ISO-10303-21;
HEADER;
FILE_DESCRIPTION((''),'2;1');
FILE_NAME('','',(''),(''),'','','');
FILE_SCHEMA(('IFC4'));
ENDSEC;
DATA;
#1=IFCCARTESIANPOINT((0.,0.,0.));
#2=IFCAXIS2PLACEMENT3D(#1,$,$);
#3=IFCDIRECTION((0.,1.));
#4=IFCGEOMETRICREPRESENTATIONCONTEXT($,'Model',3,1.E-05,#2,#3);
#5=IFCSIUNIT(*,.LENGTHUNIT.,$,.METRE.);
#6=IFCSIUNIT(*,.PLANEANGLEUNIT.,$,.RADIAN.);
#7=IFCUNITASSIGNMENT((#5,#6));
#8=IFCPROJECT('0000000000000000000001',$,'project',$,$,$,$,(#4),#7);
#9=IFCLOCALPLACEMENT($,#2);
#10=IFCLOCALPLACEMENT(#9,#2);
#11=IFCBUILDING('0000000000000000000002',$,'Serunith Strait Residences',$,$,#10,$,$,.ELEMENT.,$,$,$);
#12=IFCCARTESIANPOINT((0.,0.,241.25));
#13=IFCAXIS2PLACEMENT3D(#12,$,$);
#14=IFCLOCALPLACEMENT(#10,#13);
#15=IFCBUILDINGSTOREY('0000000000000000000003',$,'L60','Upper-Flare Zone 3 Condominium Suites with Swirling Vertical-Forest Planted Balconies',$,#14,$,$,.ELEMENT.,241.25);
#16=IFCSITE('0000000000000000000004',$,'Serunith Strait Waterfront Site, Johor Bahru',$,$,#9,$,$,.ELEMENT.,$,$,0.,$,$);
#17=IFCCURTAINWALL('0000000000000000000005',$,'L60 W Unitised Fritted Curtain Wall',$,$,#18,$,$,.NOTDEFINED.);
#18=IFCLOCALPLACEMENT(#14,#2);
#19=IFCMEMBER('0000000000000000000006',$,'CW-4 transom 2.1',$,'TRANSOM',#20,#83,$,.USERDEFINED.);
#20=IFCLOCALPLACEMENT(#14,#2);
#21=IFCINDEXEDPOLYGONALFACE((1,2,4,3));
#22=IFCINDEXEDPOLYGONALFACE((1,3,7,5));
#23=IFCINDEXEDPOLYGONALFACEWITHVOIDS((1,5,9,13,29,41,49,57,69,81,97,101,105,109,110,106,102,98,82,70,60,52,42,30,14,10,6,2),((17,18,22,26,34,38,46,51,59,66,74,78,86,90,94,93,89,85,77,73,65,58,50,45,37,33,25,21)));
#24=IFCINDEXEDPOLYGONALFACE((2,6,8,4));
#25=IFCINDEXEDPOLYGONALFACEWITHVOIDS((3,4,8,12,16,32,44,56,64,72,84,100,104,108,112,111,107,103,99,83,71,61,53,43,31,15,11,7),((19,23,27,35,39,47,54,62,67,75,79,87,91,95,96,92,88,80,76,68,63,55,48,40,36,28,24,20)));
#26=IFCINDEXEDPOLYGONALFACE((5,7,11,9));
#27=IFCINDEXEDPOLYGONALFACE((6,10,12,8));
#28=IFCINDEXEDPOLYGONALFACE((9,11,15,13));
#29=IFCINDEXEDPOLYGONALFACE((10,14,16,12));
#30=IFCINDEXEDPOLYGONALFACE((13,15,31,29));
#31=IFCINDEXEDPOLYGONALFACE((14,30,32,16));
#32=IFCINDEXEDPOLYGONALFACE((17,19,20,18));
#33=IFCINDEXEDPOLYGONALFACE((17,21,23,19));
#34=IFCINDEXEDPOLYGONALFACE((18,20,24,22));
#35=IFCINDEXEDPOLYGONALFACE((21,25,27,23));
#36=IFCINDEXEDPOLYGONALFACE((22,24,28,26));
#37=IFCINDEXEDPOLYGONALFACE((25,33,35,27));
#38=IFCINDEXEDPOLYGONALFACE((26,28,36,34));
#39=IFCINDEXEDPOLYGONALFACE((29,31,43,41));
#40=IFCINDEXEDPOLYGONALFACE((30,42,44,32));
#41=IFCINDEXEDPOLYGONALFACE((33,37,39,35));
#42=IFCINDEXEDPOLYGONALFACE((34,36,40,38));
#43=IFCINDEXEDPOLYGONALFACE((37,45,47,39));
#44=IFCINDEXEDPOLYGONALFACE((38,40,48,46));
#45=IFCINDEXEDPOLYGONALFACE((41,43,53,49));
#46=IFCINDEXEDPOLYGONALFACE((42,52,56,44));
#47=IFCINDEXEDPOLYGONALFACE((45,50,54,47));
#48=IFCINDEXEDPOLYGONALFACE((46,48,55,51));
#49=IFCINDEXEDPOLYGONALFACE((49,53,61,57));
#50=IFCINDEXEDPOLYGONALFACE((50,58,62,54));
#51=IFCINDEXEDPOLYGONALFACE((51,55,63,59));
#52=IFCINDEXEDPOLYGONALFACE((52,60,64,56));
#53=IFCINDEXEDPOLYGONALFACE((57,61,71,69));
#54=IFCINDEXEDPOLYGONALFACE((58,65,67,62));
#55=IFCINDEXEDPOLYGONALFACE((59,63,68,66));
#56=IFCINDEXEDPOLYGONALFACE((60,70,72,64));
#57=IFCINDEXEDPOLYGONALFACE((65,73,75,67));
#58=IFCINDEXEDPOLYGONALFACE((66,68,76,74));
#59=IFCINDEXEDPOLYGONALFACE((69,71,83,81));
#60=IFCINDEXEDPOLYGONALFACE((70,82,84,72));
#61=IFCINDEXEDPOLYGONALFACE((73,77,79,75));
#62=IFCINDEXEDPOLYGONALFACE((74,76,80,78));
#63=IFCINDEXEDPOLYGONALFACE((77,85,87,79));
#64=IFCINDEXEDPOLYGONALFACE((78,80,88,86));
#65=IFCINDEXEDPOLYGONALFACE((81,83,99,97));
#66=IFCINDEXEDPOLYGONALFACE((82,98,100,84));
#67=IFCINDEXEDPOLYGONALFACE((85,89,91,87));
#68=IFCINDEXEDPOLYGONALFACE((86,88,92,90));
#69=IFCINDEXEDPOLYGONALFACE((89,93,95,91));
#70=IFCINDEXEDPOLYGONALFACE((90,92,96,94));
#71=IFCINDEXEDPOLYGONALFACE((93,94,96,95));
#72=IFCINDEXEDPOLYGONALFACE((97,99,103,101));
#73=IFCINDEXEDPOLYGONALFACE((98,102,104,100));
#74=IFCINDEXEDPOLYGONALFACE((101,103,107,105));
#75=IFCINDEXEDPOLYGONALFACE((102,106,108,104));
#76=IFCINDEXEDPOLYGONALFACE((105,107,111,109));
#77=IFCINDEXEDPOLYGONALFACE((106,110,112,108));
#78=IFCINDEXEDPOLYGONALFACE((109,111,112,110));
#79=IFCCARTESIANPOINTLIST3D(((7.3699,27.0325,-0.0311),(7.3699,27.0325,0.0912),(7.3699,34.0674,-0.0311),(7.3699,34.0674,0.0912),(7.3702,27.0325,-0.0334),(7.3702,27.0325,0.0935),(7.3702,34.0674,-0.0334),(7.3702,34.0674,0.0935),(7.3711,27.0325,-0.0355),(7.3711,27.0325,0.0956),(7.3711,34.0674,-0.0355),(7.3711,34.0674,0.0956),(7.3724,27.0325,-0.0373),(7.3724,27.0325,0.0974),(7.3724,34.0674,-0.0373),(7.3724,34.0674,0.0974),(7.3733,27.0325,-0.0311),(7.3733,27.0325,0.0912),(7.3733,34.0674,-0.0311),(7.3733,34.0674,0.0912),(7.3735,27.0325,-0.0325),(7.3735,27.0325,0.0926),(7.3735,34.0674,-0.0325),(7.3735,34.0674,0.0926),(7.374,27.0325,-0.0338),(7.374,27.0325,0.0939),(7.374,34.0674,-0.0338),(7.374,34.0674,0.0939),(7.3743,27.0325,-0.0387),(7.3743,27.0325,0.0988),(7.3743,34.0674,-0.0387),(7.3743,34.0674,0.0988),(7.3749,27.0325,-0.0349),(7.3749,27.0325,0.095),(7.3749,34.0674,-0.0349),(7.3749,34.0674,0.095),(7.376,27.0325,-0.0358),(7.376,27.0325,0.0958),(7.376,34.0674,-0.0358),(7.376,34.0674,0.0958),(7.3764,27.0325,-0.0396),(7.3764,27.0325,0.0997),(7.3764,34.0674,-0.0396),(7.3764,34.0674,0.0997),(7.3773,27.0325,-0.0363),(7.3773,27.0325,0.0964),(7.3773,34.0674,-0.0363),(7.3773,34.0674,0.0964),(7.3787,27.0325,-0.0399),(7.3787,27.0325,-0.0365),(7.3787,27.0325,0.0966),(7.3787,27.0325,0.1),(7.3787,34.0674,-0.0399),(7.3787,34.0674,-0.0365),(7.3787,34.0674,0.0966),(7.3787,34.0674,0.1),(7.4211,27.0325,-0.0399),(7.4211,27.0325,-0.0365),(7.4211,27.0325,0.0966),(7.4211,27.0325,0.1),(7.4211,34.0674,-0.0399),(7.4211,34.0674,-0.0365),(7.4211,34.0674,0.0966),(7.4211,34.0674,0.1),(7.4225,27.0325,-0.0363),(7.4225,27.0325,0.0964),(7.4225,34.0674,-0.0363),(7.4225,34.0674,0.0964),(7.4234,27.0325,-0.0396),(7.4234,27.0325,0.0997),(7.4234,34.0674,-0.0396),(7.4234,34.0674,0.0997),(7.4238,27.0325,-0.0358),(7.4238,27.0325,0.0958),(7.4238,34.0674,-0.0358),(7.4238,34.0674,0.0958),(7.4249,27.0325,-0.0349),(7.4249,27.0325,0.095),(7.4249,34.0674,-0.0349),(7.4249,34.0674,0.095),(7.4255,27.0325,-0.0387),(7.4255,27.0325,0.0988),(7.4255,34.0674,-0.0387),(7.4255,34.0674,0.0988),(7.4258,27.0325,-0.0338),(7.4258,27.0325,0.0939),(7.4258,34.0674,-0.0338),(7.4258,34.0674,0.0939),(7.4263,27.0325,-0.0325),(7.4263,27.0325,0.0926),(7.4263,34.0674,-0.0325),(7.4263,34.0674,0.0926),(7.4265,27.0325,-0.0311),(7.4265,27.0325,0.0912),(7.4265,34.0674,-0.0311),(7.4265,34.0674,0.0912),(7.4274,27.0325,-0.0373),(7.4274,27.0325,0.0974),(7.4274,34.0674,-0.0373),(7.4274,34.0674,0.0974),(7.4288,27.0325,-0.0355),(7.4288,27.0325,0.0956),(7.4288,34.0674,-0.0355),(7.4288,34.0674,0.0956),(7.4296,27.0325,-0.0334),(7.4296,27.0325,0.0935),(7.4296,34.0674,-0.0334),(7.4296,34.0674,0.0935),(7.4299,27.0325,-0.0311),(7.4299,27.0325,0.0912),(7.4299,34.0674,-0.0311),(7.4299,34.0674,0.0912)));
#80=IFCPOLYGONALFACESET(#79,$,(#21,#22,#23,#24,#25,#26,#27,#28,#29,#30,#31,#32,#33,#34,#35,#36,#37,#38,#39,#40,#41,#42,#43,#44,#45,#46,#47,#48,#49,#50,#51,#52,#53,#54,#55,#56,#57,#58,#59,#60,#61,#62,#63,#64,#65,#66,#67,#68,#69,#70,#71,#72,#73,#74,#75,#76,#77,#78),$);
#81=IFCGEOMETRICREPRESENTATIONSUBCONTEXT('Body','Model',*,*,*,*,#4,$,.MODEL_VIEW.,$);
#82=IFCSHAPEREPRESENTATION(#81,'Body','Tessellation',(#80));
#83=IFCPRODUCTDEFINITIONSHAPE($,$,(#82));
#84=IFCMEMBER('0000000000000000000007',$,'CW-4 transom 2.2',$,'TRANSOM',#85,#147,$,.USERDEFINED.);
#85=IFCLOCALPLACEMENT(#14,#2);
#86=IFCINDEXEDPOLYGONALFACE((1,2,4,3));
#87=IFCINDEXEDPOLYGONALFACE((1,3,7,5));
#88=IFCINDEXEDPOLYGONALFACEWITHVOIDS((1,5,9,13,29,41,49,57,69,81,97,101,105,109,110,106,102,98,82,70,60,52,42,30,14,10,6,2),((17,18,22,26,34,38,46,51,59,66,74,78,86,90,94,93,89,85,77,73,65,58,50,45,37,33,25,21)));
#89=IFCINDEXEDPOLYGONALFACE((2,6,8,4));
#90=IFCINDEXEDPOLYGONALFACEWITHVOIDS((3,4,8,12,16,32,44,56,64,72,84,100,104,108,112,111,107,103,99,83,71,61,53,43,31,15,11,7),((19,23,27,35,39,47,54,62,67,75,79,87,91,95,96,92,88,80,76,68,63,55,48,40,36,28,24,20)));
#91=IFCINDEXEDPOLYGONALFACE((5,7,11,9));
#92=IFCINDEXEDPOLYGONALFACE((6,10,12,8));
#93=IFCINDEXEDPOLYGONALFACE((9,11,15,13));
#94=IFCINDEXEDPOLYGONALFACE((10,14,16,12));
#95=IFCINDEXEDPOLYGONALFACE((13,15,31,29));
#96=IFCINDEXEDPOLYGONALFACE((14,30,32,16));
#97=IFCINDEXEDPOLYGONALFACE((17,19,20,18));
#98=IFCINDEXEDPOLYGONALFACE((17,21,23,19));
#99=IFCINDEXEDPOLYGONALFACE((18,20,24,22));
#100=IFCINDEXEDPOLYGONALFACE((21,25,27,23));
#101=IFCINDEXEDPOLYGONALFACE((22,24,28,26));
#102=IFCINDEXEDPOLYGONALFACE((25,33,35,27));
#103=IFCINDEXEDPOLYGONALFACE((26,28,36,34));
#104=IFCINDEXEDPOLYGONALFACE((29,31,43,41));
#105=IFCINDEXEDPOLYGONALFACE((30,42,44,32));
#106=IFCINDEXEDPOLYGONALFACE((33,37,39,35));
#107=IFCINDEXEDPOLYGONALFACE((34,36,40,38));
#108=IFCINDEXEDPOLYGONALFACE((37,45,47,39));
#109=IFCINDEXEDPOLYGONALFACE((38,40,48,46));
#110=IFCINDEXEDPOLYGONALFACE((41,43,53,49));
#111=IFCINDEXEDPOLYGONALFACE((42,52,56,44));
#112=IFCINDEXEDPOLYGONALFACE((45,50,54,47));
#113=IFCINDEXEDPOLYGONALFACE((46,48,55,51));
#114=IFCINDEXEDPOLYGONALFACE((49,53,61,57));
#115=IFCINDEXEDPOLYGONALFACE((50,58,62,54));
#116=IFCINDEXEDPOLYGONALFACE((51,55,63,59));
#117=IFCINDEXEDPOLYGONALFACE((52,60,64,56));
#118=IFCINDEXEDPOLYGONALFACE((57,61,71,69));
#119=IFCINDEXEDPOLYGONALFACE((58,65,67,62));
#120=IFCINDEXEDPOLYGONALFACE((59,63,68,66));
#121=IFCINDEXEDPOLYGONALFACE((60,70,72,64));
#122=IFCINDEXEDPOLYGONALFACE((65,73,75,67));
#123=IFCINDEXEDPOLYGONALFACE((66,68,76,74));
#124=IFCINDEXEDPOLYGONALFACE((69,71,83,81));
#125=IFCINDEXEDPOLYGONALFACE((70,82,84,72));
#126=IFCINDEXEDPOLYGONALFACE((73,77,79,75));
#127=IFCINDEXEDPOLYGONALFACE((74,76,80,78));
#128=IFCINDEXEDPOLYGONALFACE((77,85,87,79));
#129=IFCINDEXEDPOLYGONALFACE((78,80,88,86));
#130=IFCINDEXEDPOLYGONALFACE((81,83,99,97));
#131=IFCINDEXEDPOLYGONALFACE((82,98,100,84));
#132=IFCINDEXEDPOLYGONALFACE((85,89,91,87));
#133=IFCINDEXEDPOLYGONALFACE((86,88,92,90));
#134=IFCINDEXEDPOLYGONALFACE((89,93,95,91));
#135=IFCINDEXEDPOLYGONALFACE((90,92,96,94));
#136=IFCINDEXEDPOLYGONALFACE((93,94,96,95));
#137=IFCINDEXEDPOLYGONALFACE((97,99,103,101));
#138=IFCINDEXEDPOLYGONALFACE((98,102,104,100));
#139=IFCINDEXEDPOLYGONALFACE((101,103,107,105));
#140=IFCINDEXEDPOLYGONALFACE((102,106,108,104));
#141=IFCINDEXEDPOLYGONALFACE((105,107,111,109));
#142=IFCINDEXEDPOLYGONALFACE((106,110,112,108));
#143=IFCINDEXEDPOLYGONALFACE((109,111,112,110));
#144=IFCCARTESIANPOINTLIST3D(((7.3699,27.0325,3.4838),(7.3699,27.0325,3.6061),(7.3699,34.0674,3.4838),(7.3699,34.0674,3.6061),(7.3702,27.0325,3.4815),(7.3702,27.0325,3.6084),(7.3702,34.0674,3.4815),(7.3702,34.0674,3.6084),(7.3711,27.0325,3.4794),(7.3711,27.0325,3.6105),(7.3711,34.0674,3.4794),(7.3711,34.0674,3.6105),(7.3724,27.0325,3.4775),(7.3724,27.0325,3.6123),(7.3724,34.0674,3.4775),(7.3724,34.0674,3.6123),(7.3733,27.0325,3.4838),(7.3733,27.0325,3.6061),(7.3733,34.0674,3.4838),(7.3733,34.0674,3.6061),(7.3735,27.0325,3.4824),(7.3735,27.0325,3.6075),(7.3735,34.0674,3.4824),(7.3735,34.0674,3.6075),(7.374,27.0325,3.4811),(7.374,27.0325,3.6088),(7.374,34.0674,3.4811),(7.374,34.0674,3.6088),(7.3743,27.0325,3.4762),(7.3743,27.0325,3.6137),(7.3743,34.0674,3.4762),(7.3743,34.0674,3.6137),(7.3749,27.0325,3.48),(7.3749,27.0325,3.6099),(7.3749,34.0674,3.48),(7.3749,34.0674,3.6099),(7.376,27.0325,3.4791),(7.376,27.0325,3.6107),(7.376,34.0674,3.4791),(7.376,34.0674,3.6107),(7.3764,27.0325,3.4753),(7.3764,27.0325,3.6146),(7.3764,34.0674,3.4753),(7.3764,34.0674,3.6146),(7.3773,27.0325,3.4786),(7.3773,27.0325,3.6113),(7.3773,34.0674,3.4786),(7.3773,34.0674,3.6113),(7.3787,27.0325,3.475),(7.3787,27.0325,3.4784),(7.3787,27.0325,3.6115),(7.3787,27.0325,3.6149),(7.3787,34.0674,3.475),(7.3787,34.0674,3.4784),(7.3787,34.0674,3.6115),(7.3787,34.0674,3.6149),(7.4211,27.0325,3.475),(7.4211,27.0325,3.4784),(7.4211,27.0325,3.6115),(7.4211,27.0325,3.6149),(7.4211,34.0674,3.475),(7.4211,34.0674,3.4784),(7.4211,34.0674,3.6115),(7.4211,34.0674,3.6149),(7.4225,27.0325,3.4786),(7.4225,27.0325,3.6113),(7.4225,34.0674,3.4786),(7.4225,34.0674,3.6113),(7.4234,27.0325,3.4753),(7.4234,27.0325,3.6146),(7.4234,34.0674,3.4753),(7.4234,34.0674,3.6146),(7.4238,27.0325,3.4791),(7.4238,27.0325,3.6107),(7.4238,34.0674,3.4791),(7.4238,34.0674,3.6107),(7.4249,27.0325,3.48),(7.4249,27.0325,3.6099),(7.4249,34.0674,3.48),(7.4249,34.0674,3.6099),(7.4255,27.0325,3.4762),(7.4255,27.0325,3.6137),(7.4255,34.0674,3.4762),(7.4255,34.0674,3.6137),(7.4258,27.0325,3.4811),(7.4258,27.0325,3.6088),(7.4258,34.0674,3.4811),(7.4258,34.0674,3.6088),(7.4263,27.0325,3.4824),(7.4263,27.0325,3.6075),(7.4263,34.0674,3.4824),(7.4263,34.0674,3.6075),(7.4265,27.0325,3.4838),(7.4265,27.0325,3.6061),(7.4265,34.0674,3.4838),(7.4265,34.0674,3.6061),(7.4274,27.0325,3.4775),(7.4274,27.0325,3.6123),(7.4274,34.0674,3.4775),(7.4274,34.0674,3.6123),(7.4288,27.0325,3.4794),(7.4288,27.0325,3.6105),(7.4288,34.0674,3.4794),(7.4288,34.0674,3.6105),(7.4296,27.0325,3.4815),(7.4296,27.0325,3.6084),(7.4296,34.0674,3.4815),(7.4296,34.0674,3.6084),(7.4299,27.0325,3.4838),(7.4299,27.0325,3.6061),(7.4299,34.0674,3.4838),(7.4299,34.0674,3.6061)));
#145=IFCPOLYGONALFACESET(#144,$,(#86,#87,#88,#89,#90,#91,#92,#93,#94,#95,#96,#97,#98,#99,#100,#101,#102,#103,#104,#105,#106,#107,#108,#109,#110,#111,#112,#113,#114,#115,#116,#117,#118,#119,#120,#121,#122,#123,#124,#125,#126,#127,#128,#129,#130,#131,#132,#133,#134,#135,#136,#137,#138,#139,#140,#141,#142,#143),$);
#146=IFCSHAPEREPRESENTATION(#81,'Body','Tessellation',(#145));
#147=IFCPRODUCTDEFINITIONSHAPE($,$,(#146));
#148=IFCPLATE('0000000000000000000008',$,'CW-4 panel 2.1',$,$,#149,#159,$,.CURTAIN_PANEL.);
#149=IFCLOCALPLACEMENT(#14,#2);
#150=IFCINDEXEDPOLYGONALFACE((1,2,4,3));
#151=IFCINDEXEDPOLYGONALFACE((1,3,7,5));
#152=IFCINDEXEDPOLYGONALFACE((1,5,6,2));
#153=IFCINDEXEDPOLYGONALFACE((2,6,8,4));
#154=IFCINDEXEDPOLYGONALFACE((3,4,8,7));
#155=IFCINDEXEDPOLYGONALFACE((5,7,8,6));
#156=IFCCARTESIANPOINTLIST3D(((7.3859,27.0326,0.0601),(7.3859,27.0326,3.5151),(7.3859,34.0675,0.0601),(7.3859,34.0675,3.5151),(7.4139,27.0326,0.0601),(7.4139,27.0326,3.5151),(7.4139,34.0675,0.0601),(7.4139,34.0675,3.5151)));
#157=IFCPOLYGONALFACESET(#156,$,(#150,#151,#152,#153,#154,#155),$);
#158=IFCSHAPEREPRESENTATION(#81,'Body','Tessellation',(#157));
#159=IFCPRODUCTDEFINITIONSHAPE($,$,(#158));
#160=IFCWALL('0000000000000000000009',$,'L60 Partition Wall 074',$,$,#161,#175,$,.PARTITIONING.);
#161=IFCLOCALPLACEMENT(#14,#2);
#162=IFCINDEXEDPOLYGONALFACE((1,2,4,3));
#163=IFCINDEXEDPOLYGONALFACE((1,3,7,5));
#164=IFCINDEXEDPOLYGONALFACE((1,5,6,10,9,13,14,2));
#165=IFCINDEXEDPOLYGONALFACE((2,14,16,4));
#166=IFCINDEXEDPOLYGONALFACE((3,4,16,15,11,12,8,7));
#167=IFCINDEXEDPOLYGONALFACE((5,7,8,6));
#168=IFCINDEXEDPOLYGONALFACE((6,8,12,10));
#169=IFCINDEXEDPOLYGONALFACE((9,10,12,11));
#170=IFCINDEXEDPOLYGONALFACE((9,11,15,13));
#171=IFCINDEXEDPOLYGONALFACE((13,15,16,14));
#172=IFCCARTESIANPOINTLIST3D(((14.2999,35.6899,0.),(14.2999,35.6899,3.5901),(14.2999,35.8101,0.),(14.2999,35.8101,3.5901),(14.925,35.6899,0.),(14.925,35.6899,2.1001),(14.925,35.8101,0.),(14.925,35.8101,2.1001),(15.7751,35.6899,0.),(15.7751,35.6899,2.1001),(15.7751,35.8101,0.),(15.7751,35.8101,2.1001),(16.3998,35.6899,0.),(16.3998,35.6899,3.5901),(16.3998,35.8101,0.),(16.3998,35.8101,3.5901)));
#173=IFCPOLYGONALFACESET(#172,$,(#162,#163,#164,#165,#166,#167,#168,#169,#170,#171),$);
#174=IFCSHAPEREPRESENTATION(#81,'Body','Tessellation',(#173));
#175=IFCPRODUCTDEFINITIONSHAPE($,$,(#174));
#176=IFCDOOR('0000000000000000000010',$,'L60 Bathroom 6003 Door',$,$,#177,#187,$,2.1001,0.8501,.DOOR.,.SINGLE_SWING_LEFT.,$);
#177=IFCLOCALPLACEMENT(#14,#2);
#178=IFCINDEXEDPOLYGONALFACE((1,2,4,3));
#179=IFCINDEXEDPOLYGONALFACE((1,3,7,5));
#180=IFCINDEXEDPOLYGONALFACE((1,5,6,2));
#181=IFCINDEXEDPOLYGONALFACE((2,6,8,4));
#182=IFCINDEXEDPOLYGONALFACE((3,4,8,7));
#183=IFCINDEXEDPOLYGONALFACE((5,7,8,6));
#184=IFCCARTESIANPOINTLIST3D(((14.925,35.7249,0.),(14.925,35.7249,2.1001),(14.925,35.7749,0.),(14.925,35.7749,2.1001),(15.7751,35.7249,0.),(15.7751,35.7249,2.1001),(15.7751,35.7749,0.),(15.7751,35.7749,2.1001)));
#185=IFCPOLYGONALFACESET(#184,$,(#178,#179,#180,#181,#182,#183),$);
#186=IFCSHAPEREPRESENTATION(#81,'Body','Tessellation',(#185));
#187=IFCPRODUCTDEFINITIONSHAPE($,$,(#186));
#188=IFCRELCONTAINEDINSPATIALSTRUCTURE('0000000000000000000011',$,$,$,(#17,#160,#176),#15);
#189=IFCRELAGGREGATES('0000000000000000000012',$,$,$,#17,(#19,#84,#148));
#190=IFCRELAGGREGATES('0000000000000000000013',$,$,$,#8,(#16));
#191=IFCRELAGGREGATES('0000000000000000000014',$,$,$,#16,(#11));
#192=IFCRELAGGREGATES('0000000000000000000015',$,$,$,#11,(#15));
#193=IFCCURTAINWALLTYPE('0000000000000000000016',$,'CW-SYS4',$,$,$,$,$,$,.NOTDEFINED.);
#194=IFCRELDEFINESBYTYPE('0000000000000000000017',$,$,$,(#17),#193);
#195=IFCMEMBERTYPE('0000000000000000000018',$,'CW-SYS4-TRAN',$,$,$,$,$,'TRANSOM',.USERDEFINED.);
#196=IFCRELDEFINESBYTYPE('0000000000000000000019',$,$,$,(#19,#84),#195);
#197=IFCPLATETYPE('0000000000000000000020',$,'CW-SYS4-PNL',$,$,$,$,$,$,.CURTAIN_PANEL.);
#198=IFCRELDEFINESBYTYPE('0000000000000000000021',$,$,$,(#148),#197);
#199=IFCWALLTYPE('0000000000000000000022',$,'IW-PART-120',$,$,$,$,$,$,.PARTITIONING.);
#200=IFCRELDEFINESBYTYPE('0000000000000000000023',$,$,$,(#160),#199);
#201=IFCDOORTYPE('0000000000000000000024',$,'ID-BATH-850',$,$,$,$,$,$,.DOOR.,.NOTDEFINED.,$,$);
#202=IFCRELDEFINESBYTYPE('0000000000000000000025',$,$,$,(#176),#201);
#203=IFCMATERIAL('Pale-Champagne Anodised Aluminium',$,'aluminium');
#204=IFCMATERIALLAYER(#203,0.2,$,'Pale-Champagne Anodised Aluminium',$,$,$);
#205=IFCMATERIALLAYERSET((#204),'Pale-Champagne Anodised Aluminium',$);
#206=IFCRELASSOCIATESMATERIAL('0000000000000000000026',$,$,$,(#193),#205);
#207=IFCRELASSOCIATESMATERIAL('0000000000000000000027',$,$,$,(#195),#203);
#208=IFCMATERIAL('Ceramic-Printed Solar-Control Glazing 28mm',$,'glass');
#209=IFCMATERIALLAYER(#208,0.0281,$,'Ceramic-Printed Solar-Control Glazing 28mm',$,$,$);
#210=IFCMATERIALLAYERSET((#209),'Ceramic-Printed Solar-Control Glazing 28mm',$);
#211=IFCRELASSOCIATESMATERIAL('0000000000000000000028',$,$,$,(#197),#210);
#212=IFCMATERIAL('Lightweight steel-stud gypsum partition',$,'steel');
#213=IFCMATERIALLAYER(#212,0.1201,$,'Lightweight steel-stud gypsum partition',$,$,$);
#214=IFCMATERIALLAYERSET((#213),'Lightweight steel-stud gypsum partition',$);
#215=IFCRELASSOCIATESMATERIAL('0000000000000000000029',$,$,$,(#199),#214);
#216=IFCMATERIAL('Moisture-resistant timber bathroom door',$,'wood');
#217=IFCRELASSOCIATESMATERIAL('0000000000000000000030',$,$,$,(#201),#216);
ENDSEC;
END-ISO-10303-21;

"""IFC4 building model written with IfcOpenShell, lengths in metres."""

from ifc_helpers import new_model, si_unit, direction, frame, frame_2d, origin, origin_2d, place, context, subcontext, project, spatial, rectangle, hollow_rectangle, extrude, source, transform, mapped, material, layer, layer_set, material_profile, profile_set, type_object, element, fill, aggregate, save


model = new_model("IFC4")

# Units and contexts
model_context = context("Model", 3, precision=1e-05, world=origin(), true_north=direction((0.0, 1.0)))
body_context = subcontext(model_context, "Body", "Model", "MODEL_VIEW")
ifc_project = project(units=[si_unit("LENGTHUNIT", "METRE"), si_unit("PLANEANGLEUNIT", "RADIAN")], contexts=[model_context])

# Site, building, storey
site_placement = place(None, origin())
site = spatial("IfcSite", under=ifc_project, at=site_placement, Name="Serunith Strait Waterfront Site, Johor Bahru", CompositionType="ELEMENT", RefElevation=0.0)
building_placement = place(site_placement, origin())
building = spatial("IfcBuilding", under=site, at=building_placement, Name="Serunith Strait Residences", CompositionType="ELEMENT")
storey_placement = place(building_placement, frame((0.0, 0.0, 241.25)))
storey = spatial("IfcBuildingStorey", under=building, at=storey_placement, Name="L60", Description="Upper-Flare Zone 3 Condominium Suites with Swirling Vertical-Forest Planted Balconies", CompositionType="ELEMENT", Elevation=241.25)

# Curtain wall, members, plate
ifc_material_1 = material(Name="Pale-Champagne Anodised Aluminium", Category="aluminium")
ifc_layer_1 = layer(ifc_material_1, 0.2, Name="Pale-Champagne Anodised Aluminium")
ifc_layer_set_1 = layer_set([ifc_layer_1], Name="Pale-Champagne Anodised Aluminium")
curtain_wall_type = type_object("IfcCurtainWallType", Name="CW-SYS4", PredefinedType="NOTDEFINED", material=ifc_layer_set_1)
curtain_wall_placement = place(storey_placement, origin())
curtain_wall = element("IfcCurtainWall", 1, at=curtain_wall_placement, inside=storey, type_object=curtain_wall_type, Name="L60 W Unitised Fritted Curtain Wall", PredefinedType="NOTDEFINED")
ifc_material_profile_1 = material_profile(ifc_material_1, hollow_rectangle(XDim=0.0601, YDim=0.1399, WallThickness=0.0034, InnerFilletRadius=0.0054, OuterFilletRadius=0.0088, at=origin_2d()), Name="ALU 140x60x3.5")
ifc_profile_set_1 = profile_set([ifc_material_profile_1], Name="Pale-Champagne Anodised Aluminium")
member_type_1 = type_object("IfcMemberType", Name="CW-SYS4-TRAN", ElementType="TRANSOM", PredefinedType="USERDEFINED", material=ifc_profile_set_1)
shared_shape_1 = source(origin(), body_context, "Body", "SweptSolid", [
    extrude(hollow_rectangle(XDim=0.0601, YDim=0.1399, WallThickness=0.0034, InnerFilletRadius=0.0054, OuterFilletRadius=0.0088, at=origin_2d()), origin(), (0.0, 0.0, 1.0), 7.0349),
])
member_1_placement = place(storey_placement, frame((7.3999, 34.0674, 0.03), z_axis=(0.0, -1.0, 0.0), x_axis=(1.0, 0.0, 0.0)))
member_1 = element("IfcMember", 2, at=member_1_placement, type_object=member_type_1, Name="CW-4 transom 2.1", ObjectType="TRANSOM", PredefinedType="USERDEFINED", context=body_context, shape_type="MappedRepresentation", body=[
    mapped(shared_shape_1, transform((0.0, 0.0, 0.0), scale=1.0)),
])
member_2_placement = place(storey_placement, frame((7.3999, 34.0674, 3.5449), z_axis=(0.0, -1.0, 0.0), x_axis=(1.0, 0.0, 0.0)))
member_2 = element("IfcMember", 3, at=member_2_placement, type_object=member_type_1, Name="CW-4 transom 2.2", ObjectType="TRANSOM", PredefinedType="USERDEFINED", context=body_context, shape_type="MappedRepresentation", body=[
    mapped(shared_shape_1, transform((0.0, 0.0, 0.0), scale=1.0)),
])
ifc_material_2 = material(Name="Ceramic-Printed Solar-Control Glazing 28mm", Category="glass")
ifc_layer_2 = layer(ifc_material_2, 0.0281, Name="Ceramic-Printed Solar-Control Glazing 28mm")
ifc_layer_set_2 = layer_set([ifc_layer_2], Name="Ceramic-Printed Solar-Control Glazing 28mm")
plate_type = type_object("IfcPlateType", Name="CW-SYS4-PNL", PredefinedType="CURTAIN_PANEL", material=ifc_layer_set_2)
shared_shape_2 = source(origin(), body_context, "Body", "SweptSolid", [
    extrude(rectangle(XDim=7.0349, YDim=0.0281, at=origin_2d()), origin(), (0.0, 0.0, 1.0), 3.4551),
])
plate_placement = place(storey_placement, frame((7.3999, 30.55, 0.0601), z_axis=(0.0, 0.0, 1.0), x_axis=(0.0, -1.0, 0.0)))
plate = element("IfcPlate", 4, at=plate_placement, type_object=plate_type, Name="CW-4 panel 2.1", PredefinedType="CURTAIN_PANEL", context=body_context, shape_type="MappedRepresentation", body=[
    mapped(shared_shape_2, transform((0.0, 0.0, 0.0), scale=1.0)),
])
aggregate(curtain_wall, [member_1, member_2, plate])

# Wall, opening, door
ifc_material_3 = material(Name="Lightweight steel-stud gypsum partition", Category="steel")
ifc_layer_3 = layer(ifc_material_3, 0.1201, Name="Lightweight steel-stud gypsum partition")
ifc_layer_set_3 = layer_set([ifc_layer_3], Name="Lightweight steel-stud gypsum partition")
wall_type_1 = type_object("IfcWallType", Name="IW-PART-120", PredefinedType="PARTITIONING", material=ifc_layer_set_3)
wall_1_placement = place(storey_placement, frame((14.3, 35.75, 0.0), z_axis=(0.0, 0.0, 1.0), x_axis=(1.0, 0.0, 0.0)))
wall_1 = element("IfcWall", 5, at=wall_1_placement, inside=storey, type_object=wall_type_1, Name="L60 Partition Wall 074", PredefinedType="PARTITIONING", context=body_context, shape_type="SweptSolid", body=[
    extrude(rectangle(XDim=2.0999, YDim=0.1201, at=frame_2d((1.0498, 0.0))), origin(), (0.0, 0.0, 1.0), 3.5901),
])
opening_1_placement = place(wall_1_placement, frame((0.625, 0.0, 0.0)))
opening_1 = element("IfcOpeningElement", 6, at=opening_1_placement, cuts=wall_1, PredefinedType="OPENING", context=body_context, shape_type="SweptSolid", body=[
    extrude(rectangle(XDim=0.8501, YDim=2.1001, at=frame_2d((0.425, 1.05))), frame((0.0, 0.0701, 0.0), z_axis=(0.0, -1.0, 0.0), x_axis=(1.0, 0.0, 0.0)), (0.0, 0.0, 1.0), 0.1401),
])
ifc_material_4 = material(Name="Moisture-resistant timber bathroom door", Category="wood")
door_type_1 = type_object("IfcDoorType", Name="ID-BATH-850", OperationType="NOTDEFINED", PredefinedType="DOOR", material=ifc_material_4)
shared_shape_3 = source(origin(), body_context, "Body", "SweptSolid", [
    extrude(rectangle(XDim=0.8501, YDim=2.1001, at=frame_2d((0.425, 1.05))), frame((0.0, 0.0249, 0.0), z_axis=(0.0, -1.0, 0.0), x_axis=(1.0, 0.0, 0.0)), (0.0, 0.0, 1.0), 0.05),
])
door_1_placement = place(opening_1_placement, origin())
door_1 = element("IfcDoor", 7, at=door_1_placement, inside=storey, type_object=door_type_1, Name="L60 Bathroom 6003 Door", OperationType="SINGLE_SWING_LEFT", OverallHeight=2.1001, OverallWidth=0.8501, PredefinedType="DOOR", context=body_context, shape_type="MappedRepresentation", body=[
    mapped(shared_shape_3, transform((0.0, 0.0, 0.0), scale=1.0)),
])
fill(opening_1, door_1)

save(model, "model.ifc")
